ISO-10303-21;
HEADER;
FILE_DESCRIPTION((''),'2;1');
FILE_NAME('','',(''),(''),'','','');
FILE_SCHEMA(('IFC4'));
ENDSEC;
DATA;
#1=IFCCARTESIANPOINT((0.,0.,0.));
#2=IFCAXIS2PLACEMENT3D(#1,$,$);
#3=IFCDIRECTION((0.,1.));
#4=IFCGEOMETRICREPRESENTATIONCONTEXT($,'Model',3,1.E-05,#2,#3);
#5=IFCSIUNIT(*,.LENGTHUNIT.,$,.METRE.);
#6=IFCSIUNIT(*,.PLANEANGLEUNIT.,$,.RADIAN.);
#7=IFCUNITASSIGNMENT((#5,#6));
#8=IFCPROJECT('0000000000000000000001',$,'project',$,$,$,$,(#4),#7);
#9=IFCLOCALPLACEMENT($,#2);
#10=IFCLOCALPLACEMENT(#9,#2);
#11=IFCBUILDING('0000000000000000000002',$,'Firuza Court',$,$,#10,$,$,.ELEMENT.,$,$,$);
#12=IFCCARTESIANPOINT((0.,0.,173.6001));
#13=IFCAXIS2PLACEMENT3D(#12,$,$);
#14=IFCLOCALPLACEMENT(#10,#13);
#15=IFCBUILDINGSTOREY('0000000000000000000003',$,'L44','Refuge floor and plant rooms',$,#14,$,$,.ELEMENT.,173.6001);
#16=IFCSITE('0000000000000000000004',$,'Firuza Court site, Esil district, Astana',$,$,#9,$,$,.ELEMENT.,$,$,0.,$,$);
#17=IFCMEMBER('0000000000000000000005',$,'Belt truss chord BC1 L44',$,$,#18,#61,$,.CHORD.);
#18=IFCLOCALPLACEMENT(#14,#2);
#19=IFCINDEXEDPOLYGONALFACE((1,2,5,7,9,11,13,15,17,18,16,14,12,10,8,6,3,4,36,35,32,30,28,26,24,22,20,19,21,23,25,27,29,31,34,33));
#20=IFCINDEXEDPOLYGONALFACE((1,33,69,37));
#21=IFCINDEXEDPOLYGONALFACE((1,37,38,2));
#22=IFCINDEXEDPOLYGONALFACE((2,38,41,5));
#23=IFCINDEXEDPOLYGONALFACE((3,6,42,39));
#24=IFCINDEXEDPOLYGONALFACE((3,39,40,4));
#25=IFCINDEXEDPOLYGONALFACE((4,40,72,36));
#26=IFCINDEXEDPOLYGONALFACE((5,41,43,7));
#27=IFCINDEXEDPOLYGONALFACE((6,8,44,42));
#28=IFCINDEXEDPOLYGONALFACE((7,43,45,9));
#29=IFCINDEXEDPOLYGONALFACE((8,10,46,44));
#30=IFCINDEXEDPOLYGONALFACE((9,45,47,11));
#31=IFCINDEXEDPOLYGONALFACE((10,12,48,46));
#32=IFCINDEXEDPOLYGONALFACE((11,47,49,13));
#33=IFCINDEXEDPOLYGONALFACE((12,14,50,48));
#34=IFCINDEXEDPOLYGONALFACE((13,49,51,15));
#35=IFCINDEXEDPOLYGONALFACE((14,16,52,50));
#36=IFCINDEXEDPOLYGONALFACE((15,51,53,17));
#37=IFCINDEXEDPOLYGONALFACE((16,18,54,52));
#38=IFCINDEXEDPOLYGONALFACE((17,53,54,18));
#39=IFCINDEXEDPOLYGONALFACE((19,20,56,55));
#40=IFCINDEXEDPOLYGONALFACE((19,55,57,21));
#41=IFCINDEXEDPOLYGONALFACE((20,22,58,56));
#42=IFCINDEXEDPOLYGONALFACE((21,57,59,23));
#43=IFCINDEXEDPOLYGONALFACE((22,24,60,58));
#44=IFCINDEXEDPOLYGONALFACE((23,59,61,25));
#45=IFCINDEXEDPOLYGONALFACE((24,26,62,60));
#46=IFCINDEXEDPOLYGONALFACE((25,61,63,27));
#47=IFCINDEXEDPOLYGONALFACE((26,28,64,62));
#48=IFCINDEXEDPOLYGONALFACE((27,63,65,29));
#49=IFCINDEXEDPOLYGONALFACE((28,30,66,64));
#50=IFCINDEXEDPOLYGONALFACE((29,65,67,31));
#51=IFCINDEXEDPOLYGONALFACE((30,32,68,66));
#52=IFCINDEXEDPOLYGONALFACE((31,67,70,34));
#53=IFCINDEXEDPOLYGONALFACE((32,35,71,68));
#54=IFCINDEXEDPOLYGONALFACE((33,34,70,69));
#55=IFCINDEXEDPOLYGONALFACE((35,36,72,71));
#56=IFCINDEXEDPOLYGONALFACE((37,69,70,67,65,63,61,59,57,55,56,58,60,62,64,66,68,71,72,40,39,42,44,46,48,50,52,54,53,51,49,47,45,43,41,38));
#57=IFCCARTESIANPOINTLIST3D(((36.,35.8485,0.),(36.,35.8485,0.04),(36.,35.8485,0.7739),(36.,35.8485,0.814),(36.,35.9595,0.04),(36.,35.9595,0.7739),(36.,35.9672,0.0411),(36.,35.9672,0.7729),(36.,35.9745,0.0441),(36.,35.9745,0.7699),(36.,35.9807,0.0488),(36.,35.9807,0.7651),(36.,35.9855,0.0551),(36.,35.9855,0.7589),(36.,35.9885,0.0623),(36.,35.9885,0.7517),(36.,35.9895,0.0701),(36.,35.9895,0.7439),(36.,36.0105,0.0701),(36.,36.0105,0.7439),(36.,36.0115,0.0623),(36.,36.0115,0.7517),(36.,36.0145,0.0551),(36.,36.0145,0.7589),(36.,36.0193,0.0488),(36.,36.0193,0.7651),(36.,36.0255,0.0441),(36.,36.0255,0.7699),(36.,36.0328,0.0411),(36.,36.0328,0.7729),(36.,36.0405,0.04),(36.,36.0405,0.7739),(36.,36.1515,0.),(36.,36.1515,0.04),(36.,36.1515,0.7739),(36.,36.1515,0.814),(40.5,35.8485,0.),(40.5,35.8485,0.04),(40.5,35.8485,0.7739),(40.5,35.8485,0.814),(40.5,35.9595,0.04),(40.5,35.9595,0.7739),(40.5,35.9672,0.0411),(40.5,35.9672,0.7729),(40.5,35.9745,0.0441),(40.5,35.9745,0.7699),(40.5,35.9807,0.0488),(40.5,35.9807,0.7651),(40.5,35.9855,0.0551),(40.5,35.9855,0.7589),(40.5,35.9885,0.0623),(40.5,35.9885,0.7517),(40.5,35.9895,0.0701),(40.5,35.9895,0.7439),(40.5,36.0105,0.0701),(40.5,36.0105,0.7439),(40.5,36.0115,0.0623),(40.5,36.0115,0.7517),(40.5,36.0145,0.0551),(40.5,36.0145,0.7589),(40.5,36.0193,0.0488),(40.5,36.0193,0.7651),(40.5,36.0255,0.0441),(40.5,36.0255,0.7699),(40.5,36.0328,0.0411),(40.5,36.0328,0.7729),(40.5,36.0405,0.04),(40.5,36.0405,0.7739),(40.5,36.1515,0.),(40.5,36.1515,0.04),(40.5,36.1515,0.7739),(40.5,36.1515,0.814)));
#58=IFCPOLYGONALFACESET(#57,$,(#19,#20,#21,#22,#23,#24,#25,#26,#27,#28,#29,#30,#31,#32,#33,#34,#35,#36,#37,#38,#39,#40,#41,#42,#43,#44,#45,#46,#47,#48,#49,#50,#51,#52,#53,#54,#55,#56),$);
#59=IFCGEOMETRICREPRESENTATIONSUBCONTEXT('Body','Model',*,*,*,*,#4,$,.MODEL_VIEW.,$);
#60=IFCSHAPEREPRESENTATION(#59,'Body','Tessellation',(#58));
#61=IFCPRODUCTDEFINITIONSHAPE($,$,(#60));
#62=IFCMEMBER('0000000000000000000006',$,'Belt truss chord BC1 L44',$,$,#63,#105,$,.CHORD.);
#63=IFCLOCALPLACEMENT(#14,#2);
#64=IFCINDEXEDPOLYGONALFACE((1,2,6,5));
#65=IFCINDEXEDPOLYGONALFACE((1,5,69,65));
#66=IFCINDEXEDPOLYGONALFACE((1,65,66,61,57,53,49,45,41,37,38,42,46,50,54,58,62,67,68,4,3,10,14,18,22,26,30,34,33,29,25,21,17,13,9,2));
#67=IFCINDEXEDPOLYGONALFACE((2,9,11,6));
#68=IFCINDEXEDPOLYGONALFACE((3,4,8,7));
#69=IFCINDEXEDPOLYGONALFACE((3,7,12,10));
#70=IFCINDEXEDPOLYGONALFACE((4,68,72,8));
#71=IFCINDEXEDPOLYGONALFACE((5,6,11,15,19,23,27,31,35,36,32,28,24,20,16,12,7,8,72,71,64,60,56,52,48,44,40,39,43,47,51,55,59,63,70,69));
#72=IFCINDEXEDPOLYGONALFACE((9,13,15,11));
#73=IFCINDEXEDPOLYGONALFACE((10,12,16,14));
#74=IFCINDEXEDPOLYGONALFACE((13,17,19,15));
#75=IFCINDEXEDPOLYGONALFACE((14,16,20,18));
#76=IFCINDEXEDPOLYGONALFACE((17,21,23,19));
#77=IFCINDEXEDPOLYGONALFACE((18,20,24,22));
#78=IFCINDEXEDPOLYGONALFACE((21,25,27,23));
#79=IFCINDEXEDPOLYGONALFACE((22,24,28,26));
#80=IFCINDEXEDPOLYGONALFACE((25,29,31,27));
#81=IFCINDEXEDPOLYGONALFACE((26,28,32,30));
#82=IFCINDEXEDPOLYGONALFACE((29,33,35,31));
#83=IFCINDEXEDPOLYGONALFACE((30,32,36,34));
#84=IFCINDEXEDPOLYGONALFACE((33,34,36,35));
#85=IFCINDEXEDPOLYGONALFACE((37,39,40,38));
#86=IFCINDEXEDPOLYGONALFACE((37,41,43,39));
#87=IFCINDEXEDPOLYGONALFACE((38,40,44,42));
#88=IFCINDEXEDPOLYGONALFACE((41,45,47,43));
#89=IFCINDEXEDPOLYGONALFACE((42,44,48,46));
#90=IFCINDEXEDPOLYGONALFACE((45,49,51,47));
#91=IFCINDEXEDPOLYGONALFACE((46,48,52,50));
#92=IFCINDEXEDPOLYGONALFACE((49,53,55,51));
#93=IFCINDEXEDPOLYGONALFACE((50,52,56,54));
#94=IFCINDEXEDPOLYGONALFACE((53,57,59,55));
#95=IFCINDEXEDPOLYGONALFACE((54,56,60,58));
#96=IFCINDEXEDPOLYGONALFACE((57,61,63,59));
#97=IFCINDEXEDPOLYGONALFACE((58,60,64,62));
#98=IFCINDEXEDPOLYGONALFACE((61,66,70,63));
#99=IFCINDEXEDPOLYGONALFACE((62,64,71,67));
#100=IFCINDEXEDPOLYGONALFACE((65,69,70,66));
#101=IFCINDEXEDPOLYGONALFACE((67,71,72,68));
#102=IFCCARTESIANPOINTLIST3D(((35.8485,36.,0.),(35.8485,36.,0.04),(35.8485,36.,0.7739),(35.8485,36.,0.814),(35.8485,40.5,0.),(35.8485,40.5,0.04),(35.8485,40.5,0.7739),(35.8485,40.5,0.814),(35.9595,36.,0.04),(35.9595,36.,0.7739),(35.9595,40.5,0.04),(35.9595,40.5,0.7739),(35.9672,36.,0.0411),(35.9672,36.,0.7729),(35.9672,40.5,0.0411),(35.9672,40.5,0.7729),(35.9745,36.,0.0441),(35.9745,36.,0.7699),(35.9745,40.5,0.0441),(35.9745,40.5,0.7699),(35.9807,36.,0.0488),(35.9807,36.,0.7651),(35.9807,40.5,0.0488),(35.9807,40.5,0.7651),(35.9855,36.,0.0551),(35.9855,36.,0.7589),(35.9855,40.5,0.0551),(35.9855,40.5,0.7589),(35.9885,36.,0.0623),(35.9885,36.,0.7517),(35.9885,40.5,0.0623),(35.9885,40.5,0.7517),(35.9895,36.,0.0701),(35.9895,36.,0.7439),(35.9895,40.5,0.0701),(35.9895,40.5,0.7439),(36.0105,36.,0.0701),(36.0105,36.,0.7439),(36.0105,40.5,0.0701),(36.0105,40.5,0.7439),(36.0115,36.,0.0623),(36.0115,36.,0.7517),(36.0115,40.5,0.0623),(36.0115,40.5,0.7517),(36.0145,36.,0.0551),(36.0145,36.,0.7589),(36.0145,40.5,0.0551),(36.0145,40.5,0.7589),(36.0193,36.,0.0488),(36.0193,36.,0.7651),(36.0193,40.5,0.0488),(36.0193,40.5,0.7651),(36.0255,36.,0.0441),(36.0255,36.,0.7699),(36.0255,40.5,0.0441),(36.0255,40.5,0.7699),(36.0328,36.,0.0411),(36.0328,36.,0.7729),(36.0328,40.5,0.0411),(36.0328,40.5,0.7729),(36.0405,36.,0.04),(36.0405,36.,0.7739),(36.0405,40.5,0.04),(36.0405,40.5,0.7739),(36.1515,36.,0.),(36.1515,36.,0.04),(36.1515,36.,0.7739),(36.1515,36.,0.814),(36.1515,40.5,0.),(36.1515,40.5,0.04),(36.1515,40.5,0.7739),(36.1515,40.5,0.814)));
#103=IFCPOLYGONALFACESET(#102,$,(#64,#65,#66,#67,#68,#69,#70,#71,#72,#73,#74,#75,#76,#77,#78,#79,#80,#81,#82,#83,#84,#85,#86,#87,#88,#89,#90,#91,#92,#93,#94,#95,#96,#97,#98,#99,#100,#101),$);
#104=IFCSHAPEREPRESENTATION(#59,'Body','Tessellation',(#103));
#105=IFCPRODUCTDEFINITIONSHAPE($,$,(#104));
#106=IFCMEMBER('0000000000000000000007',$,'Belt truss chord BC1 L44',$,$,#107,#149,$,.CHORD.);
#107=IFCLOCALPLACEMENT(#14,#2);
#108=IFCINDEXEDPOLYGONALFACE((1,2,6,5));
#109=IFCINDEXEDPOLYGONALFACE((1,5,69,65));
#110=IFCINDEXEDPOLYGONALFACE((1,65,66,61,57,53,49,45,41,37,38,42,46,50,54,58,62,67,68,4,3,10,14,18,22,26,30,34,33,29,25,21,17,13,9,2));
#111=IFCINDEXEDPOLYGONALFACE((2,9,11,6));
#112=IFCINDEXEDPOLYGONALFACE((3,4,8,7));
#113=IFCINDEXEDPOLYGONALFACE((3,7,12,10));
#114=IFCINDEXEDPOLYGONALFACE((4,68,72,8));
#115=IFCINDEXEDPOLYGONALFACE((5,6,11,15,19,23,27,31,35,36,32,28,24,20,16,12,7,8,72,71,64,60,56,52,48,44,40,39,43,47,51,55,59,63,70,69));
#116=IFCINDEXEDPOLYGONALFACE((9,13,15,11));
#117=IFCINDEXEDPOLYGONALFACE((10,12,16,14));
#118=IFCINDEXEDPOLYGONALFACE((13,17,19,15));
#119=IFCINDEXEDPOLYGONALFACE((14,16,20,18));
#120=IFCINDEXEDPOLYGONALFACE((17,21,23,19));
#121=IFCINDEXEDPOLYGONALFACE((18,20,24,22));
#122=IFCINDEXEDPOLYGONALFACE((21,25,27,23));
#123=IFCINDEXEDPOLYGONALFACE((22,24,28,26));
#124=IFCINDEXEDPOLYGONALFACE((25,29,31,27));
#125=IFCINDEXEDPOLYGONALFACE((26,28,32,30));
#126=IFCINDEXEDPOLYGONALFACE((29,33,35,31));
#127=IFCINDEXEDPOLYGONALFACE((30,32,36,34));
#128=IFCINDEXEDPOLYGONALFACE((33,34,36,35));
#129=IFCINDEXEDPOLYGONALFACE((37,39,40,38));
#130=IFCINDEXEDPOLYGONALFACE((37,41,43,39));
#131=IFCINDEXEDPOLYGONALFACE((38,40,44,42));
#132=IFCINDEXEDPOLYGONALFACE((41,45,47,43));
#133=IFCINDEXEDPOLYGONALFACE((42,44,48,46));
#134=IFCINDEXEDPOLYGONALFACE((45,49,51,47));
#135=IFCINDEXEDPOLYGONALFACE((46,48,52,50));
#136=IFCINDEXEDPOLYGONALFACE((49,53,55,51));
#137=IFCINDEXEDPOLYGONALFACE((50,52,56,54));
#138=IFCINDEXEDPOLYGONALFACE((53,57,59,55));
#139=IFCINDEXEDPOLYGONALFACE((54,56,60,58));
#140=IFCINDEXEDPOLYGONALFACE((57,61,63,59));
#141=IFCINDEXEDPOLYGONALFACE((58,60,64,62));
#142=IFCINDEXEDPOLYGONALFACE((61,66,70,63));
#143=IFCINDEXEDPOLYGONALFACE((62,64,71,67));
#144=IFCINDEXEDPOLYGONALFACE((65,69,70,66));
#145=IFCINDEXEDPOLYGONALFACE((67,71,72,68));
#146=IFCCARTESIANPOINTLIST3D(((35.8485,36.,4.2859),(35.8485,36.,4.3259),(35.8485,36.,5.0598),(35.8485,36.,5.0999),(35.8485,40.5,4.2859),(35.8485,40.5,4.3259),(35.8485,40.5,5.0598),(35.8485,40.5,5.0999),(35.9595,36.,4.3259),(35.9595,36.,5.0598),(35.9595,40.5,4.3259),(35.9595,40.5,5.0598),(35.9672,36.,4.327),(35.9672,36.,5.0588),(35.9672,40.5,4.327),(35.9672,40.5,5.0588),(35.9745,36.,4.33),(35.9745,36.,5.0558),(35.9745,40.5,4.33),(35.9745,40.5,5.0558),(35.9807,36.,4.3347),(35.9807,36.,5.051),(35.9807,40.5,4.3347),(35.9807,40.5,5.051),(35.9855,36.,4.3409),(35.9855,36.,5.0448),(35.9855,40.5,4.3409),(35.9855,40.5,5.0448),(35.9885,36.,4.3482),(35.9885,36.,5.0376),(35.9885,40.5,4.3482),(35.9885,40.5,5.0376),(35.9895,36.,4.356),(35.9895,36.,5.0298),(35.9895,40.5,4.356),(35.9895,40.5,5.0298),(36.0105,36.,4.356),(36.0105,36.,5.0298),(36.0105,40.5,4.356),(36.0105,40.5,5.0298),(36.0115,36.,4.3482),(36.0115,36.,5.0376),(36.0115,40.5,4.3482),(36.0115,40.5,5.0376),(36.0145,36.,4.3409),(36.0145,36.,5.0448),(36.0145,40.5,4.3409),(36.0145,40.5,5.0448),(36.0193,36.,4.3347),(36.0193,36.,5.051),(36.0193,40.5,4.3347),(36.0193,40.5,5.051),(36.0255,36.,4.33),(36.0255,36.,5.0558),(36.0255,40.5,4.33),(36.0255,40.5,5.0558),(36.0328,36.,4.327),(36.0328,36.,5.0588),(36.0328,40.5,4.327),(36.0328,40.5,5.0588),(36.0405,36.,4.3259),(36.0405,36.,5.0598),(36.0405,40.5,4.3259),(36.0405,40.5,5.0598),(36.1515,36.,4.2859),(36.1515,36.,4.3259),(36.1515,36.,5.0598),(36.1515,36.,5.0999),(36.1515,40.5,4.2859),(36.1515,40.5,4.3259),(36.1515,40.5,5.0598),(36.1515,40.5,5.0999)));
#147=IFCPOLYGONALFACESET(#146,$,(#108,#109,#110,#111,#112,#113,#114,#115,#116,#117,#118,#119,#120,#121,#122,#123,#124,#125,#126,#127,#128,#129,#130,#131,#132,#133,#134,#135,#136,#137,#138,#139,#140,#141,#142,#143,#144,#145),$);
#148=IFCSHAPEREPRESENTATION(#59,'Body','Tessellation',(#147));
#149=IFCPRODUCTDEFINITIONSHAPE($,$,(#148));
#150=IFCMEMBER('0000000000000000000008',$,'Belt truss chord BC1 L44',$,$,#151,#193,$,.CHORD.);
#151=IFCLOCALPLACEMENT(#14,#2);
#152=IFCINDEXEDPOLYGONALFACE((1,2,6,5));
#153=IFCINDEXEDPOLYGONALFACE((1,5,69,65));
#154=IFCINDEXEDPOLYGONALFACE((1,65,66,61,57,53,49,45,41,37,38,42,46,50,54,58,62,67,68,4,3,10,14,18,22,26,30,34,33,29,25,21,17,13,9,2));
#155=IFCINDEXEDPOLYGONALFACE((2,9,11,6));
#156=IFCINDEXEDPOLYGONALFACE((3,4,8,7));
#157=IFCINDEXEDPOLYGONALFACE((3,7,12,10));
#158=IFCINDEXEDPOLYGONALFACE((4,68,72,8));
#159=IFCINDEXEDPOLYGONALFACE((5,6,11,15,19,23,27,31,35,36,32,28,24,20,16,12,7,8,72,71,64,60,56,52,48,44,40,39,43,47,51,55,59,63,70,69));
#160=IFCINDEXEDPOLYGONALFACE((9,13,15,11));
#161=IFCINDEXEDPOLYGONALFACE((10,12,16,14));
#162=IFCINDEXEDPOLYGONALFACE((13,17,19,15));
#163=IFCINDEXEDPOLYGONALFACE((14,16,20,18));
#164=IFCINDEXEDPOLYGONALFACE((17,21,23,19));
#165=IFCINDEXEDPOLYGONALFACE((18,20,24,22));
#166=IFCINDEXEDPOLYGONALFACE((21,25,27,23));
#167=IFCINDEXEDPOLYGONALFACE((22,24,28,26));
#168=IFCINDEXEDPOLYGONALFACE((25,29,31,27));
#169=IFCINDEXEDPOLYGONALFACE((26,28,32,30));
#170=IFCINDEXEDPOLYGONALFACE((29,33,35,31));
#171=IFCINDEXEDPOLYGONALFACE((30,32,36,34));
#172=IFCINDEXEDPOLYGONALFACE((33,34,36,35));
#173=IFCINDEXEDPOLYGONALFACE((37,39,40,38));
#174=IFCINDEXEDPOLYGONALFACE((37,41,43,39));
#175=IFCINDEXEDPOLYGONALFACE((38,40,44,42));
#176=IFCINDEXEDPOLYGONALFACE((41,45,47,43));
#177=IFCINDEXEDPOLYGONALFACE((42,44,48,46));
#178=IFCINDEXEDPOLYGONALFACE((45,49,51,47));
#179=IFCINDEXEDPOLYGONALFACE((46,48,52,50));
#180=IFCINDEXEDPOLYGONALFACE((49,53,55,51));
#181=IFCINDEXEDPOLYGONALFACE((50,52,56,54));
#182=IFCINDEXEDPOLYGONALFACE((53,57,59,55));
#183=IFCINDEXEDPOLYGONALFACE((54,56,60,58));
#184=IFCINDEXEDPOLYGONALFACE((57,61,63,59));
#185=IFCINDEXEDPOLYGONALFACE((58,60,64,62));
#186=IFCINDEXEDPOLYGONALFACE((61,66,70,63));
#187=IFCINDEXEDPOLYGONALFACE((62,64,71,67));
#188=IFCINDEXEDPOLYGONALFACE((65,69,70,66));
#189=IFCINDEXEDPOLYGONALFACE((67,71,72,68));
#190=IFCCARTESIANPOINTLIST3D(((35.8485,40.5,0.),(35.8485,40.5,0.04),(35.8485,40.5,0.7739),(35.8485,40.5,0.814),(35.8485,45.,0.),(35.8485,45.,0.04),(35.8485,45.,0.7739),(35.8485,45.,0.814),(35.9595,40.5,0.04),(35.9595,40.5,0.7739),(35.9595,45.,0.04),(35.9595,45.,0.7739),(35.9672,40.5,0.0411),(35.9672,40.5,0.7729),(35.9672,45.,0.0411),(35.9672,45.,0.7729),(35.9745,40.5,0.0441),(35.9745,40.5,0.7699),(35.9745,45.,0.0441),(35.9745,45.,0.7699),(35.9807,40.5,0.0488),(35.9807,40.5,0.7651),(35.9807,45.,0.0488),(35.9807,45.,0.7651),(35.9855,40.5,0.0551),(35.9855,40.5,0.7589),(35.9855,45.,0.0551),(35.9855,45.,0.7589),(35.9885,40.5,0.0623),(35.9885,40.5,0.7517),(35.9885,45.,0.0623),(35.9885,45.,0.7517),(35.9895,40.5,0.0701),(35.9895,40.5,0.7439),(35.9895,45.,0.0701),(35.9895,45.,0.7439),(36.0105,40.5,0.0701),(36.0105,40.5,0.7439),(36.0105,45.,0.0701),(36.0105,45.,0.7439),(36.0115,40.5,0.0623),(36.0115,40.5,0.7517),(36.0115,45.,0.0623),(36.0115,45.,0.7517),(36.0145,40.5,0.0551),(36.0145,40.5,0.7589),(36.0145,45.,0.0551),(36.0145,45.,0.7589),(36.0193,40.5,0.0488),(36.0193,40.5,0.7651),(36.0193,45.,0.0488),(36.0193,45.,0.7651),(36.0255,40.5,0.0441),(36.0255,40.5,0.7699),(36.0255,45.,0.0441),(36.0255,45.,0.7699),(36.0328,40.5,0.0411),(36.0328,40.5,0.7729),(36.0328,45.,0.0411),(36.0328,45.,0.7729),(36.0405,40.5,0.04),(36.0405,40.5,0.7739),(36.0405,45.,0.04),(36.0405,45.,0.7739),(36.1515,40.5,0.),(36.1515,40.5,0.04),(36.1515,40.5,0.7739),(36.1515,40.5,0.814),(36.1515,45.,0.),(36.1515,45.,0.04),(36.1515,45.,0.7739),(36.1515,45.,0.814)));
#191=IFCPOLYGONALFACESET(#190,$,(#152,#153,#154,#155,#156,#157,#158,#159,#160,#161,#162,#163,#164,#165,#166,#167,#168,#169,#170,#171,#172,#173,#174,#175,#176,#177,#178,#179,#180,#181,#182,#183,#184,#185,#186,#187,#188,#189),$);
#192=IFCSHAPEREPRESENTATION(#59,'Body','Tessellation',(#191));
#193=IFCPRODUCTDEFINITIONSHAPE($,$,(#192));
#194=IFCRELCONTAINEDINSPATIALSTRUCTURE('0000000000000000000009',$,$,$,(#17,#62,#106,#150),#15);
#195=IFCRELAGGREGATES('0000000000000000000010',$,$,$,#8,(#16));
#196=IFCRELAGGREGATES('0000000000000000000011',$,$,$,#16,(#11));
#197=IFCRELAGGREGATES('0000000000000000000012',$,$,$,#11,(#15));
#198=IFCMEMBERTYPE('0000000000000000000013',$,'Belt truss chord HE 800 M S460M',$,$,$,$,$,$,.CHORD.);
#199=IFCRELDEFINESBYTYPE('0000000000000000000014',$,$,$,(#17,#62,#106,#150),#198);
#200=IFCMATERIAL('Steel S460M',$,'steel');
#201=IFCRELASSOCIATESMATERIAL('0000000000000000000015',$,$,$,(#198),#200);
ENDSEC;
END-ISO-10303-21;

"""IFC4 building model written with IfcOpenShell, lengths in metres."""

from ifc_helpers import new_model, si_unit, direction, frame, origin, origin_2d, place, context, subcontext, project, spatial, i_section, extrude, material, material_profile, profile_set, type_object, element, save


model = new_model("IFC4")

# Units and contexts
model_context = context("Model", 3, precision=1e-05, world=origin(), true_north=direction((0.0, 1.0)))
body_context = subcontext(model_context, "Body", "Model", "MODEL_VIEW")
ifc_project = project(units=[si_unit("LENGTHUNIT", "METRE"), si_unit("PLANEANGLEUNIT", "RADIAN")], contexts=[model_context])

# Site, building, storey
site_placement = place(None, origin())
site = spatial("IfcSite", under=ifc_project, at=site_placement, Name="Firuza Court site, Esil district, Astana", CompositionType="ELEMENT", RefElevation=0.0)
building_placement = place(site_placement, origin())
building = spatial("IfcBuilding", under=site, at=building_placement, Name="Firuza Court", CompositionType="ELEMENT")
storey_placement = place(building_placement, frame((0.0, 0.0, 173.6001)))
storey = spatial("IfcBuildingStorey", under=building, at=storey_placement, Name="L44", Description="Refuge floor and plant rooms", CompositionType="ELEMENT", Elevation=173.6001)

# Members
ifc_material_1 = material(Name="Steel S460M", Category="steel")
ifc_material_profile_1 = material_profile(ifc_material_1, i_section(OverallWidth=0.303, OverallDepth=0.814, WebThickness=0.021, FlangeThickness=0.04, FilletRadius=0.03, at=origin_2d()), Name="HE 800 M")
ifc_profile_set_1 = profile_set([ifc_material_profile_1], Name="Steel S460M")
member_type_1 = type_object("IfcMemberType", Name="Belt truss chord HE 800 M S460M", PredefinedType="CHORD", material=ifc_profile_set_1)
for number, where, z_axis, x_axis, name in (
    (1, (36.0, 36.0, 0.407), (1.0, 0.0, 0.0), (0.0, 1.0, 0.0), "Belt truss chord BC1 L44"),
    (2, (36.0, 36.0, 0.407), (0.0, 1.0, 0.0), (-1.0, 0.0, 0.0), "Belt truss chord BC1 L44"),
    (3, (36.0, 36.0, 4.6929), (0.0, 1.0, 0.0), (-1.0, 0.0, 0.0), "Belt truss chord BC1 L44"),
    (4, (36.0, 40.5, 0.407), (0.0, 1.0, 0.0), (-1.0, 0.0, 0.0), "Belt truss chord BC1 L44"),
):
    element("IfcMember", number, at=place(storey_placement, frame(where, z_axis=z_axis, x_axis=x_axis)), inside=storey, type_object=member_type_1, Name=name, PredefinedType="CHORD", context=body_context, shape_type="SweptSolid", body=[
        extrude(i_section(OverallWidth=0.303, OverallDepth=0.814, WebThickness=0.021, FlangeThickness=0.04, FilletRadius=0.03, at=origin_2d()), origin(), (0.0, 0.0, 1.0), 4.5),
    ])

save(model, "model.ifc")
